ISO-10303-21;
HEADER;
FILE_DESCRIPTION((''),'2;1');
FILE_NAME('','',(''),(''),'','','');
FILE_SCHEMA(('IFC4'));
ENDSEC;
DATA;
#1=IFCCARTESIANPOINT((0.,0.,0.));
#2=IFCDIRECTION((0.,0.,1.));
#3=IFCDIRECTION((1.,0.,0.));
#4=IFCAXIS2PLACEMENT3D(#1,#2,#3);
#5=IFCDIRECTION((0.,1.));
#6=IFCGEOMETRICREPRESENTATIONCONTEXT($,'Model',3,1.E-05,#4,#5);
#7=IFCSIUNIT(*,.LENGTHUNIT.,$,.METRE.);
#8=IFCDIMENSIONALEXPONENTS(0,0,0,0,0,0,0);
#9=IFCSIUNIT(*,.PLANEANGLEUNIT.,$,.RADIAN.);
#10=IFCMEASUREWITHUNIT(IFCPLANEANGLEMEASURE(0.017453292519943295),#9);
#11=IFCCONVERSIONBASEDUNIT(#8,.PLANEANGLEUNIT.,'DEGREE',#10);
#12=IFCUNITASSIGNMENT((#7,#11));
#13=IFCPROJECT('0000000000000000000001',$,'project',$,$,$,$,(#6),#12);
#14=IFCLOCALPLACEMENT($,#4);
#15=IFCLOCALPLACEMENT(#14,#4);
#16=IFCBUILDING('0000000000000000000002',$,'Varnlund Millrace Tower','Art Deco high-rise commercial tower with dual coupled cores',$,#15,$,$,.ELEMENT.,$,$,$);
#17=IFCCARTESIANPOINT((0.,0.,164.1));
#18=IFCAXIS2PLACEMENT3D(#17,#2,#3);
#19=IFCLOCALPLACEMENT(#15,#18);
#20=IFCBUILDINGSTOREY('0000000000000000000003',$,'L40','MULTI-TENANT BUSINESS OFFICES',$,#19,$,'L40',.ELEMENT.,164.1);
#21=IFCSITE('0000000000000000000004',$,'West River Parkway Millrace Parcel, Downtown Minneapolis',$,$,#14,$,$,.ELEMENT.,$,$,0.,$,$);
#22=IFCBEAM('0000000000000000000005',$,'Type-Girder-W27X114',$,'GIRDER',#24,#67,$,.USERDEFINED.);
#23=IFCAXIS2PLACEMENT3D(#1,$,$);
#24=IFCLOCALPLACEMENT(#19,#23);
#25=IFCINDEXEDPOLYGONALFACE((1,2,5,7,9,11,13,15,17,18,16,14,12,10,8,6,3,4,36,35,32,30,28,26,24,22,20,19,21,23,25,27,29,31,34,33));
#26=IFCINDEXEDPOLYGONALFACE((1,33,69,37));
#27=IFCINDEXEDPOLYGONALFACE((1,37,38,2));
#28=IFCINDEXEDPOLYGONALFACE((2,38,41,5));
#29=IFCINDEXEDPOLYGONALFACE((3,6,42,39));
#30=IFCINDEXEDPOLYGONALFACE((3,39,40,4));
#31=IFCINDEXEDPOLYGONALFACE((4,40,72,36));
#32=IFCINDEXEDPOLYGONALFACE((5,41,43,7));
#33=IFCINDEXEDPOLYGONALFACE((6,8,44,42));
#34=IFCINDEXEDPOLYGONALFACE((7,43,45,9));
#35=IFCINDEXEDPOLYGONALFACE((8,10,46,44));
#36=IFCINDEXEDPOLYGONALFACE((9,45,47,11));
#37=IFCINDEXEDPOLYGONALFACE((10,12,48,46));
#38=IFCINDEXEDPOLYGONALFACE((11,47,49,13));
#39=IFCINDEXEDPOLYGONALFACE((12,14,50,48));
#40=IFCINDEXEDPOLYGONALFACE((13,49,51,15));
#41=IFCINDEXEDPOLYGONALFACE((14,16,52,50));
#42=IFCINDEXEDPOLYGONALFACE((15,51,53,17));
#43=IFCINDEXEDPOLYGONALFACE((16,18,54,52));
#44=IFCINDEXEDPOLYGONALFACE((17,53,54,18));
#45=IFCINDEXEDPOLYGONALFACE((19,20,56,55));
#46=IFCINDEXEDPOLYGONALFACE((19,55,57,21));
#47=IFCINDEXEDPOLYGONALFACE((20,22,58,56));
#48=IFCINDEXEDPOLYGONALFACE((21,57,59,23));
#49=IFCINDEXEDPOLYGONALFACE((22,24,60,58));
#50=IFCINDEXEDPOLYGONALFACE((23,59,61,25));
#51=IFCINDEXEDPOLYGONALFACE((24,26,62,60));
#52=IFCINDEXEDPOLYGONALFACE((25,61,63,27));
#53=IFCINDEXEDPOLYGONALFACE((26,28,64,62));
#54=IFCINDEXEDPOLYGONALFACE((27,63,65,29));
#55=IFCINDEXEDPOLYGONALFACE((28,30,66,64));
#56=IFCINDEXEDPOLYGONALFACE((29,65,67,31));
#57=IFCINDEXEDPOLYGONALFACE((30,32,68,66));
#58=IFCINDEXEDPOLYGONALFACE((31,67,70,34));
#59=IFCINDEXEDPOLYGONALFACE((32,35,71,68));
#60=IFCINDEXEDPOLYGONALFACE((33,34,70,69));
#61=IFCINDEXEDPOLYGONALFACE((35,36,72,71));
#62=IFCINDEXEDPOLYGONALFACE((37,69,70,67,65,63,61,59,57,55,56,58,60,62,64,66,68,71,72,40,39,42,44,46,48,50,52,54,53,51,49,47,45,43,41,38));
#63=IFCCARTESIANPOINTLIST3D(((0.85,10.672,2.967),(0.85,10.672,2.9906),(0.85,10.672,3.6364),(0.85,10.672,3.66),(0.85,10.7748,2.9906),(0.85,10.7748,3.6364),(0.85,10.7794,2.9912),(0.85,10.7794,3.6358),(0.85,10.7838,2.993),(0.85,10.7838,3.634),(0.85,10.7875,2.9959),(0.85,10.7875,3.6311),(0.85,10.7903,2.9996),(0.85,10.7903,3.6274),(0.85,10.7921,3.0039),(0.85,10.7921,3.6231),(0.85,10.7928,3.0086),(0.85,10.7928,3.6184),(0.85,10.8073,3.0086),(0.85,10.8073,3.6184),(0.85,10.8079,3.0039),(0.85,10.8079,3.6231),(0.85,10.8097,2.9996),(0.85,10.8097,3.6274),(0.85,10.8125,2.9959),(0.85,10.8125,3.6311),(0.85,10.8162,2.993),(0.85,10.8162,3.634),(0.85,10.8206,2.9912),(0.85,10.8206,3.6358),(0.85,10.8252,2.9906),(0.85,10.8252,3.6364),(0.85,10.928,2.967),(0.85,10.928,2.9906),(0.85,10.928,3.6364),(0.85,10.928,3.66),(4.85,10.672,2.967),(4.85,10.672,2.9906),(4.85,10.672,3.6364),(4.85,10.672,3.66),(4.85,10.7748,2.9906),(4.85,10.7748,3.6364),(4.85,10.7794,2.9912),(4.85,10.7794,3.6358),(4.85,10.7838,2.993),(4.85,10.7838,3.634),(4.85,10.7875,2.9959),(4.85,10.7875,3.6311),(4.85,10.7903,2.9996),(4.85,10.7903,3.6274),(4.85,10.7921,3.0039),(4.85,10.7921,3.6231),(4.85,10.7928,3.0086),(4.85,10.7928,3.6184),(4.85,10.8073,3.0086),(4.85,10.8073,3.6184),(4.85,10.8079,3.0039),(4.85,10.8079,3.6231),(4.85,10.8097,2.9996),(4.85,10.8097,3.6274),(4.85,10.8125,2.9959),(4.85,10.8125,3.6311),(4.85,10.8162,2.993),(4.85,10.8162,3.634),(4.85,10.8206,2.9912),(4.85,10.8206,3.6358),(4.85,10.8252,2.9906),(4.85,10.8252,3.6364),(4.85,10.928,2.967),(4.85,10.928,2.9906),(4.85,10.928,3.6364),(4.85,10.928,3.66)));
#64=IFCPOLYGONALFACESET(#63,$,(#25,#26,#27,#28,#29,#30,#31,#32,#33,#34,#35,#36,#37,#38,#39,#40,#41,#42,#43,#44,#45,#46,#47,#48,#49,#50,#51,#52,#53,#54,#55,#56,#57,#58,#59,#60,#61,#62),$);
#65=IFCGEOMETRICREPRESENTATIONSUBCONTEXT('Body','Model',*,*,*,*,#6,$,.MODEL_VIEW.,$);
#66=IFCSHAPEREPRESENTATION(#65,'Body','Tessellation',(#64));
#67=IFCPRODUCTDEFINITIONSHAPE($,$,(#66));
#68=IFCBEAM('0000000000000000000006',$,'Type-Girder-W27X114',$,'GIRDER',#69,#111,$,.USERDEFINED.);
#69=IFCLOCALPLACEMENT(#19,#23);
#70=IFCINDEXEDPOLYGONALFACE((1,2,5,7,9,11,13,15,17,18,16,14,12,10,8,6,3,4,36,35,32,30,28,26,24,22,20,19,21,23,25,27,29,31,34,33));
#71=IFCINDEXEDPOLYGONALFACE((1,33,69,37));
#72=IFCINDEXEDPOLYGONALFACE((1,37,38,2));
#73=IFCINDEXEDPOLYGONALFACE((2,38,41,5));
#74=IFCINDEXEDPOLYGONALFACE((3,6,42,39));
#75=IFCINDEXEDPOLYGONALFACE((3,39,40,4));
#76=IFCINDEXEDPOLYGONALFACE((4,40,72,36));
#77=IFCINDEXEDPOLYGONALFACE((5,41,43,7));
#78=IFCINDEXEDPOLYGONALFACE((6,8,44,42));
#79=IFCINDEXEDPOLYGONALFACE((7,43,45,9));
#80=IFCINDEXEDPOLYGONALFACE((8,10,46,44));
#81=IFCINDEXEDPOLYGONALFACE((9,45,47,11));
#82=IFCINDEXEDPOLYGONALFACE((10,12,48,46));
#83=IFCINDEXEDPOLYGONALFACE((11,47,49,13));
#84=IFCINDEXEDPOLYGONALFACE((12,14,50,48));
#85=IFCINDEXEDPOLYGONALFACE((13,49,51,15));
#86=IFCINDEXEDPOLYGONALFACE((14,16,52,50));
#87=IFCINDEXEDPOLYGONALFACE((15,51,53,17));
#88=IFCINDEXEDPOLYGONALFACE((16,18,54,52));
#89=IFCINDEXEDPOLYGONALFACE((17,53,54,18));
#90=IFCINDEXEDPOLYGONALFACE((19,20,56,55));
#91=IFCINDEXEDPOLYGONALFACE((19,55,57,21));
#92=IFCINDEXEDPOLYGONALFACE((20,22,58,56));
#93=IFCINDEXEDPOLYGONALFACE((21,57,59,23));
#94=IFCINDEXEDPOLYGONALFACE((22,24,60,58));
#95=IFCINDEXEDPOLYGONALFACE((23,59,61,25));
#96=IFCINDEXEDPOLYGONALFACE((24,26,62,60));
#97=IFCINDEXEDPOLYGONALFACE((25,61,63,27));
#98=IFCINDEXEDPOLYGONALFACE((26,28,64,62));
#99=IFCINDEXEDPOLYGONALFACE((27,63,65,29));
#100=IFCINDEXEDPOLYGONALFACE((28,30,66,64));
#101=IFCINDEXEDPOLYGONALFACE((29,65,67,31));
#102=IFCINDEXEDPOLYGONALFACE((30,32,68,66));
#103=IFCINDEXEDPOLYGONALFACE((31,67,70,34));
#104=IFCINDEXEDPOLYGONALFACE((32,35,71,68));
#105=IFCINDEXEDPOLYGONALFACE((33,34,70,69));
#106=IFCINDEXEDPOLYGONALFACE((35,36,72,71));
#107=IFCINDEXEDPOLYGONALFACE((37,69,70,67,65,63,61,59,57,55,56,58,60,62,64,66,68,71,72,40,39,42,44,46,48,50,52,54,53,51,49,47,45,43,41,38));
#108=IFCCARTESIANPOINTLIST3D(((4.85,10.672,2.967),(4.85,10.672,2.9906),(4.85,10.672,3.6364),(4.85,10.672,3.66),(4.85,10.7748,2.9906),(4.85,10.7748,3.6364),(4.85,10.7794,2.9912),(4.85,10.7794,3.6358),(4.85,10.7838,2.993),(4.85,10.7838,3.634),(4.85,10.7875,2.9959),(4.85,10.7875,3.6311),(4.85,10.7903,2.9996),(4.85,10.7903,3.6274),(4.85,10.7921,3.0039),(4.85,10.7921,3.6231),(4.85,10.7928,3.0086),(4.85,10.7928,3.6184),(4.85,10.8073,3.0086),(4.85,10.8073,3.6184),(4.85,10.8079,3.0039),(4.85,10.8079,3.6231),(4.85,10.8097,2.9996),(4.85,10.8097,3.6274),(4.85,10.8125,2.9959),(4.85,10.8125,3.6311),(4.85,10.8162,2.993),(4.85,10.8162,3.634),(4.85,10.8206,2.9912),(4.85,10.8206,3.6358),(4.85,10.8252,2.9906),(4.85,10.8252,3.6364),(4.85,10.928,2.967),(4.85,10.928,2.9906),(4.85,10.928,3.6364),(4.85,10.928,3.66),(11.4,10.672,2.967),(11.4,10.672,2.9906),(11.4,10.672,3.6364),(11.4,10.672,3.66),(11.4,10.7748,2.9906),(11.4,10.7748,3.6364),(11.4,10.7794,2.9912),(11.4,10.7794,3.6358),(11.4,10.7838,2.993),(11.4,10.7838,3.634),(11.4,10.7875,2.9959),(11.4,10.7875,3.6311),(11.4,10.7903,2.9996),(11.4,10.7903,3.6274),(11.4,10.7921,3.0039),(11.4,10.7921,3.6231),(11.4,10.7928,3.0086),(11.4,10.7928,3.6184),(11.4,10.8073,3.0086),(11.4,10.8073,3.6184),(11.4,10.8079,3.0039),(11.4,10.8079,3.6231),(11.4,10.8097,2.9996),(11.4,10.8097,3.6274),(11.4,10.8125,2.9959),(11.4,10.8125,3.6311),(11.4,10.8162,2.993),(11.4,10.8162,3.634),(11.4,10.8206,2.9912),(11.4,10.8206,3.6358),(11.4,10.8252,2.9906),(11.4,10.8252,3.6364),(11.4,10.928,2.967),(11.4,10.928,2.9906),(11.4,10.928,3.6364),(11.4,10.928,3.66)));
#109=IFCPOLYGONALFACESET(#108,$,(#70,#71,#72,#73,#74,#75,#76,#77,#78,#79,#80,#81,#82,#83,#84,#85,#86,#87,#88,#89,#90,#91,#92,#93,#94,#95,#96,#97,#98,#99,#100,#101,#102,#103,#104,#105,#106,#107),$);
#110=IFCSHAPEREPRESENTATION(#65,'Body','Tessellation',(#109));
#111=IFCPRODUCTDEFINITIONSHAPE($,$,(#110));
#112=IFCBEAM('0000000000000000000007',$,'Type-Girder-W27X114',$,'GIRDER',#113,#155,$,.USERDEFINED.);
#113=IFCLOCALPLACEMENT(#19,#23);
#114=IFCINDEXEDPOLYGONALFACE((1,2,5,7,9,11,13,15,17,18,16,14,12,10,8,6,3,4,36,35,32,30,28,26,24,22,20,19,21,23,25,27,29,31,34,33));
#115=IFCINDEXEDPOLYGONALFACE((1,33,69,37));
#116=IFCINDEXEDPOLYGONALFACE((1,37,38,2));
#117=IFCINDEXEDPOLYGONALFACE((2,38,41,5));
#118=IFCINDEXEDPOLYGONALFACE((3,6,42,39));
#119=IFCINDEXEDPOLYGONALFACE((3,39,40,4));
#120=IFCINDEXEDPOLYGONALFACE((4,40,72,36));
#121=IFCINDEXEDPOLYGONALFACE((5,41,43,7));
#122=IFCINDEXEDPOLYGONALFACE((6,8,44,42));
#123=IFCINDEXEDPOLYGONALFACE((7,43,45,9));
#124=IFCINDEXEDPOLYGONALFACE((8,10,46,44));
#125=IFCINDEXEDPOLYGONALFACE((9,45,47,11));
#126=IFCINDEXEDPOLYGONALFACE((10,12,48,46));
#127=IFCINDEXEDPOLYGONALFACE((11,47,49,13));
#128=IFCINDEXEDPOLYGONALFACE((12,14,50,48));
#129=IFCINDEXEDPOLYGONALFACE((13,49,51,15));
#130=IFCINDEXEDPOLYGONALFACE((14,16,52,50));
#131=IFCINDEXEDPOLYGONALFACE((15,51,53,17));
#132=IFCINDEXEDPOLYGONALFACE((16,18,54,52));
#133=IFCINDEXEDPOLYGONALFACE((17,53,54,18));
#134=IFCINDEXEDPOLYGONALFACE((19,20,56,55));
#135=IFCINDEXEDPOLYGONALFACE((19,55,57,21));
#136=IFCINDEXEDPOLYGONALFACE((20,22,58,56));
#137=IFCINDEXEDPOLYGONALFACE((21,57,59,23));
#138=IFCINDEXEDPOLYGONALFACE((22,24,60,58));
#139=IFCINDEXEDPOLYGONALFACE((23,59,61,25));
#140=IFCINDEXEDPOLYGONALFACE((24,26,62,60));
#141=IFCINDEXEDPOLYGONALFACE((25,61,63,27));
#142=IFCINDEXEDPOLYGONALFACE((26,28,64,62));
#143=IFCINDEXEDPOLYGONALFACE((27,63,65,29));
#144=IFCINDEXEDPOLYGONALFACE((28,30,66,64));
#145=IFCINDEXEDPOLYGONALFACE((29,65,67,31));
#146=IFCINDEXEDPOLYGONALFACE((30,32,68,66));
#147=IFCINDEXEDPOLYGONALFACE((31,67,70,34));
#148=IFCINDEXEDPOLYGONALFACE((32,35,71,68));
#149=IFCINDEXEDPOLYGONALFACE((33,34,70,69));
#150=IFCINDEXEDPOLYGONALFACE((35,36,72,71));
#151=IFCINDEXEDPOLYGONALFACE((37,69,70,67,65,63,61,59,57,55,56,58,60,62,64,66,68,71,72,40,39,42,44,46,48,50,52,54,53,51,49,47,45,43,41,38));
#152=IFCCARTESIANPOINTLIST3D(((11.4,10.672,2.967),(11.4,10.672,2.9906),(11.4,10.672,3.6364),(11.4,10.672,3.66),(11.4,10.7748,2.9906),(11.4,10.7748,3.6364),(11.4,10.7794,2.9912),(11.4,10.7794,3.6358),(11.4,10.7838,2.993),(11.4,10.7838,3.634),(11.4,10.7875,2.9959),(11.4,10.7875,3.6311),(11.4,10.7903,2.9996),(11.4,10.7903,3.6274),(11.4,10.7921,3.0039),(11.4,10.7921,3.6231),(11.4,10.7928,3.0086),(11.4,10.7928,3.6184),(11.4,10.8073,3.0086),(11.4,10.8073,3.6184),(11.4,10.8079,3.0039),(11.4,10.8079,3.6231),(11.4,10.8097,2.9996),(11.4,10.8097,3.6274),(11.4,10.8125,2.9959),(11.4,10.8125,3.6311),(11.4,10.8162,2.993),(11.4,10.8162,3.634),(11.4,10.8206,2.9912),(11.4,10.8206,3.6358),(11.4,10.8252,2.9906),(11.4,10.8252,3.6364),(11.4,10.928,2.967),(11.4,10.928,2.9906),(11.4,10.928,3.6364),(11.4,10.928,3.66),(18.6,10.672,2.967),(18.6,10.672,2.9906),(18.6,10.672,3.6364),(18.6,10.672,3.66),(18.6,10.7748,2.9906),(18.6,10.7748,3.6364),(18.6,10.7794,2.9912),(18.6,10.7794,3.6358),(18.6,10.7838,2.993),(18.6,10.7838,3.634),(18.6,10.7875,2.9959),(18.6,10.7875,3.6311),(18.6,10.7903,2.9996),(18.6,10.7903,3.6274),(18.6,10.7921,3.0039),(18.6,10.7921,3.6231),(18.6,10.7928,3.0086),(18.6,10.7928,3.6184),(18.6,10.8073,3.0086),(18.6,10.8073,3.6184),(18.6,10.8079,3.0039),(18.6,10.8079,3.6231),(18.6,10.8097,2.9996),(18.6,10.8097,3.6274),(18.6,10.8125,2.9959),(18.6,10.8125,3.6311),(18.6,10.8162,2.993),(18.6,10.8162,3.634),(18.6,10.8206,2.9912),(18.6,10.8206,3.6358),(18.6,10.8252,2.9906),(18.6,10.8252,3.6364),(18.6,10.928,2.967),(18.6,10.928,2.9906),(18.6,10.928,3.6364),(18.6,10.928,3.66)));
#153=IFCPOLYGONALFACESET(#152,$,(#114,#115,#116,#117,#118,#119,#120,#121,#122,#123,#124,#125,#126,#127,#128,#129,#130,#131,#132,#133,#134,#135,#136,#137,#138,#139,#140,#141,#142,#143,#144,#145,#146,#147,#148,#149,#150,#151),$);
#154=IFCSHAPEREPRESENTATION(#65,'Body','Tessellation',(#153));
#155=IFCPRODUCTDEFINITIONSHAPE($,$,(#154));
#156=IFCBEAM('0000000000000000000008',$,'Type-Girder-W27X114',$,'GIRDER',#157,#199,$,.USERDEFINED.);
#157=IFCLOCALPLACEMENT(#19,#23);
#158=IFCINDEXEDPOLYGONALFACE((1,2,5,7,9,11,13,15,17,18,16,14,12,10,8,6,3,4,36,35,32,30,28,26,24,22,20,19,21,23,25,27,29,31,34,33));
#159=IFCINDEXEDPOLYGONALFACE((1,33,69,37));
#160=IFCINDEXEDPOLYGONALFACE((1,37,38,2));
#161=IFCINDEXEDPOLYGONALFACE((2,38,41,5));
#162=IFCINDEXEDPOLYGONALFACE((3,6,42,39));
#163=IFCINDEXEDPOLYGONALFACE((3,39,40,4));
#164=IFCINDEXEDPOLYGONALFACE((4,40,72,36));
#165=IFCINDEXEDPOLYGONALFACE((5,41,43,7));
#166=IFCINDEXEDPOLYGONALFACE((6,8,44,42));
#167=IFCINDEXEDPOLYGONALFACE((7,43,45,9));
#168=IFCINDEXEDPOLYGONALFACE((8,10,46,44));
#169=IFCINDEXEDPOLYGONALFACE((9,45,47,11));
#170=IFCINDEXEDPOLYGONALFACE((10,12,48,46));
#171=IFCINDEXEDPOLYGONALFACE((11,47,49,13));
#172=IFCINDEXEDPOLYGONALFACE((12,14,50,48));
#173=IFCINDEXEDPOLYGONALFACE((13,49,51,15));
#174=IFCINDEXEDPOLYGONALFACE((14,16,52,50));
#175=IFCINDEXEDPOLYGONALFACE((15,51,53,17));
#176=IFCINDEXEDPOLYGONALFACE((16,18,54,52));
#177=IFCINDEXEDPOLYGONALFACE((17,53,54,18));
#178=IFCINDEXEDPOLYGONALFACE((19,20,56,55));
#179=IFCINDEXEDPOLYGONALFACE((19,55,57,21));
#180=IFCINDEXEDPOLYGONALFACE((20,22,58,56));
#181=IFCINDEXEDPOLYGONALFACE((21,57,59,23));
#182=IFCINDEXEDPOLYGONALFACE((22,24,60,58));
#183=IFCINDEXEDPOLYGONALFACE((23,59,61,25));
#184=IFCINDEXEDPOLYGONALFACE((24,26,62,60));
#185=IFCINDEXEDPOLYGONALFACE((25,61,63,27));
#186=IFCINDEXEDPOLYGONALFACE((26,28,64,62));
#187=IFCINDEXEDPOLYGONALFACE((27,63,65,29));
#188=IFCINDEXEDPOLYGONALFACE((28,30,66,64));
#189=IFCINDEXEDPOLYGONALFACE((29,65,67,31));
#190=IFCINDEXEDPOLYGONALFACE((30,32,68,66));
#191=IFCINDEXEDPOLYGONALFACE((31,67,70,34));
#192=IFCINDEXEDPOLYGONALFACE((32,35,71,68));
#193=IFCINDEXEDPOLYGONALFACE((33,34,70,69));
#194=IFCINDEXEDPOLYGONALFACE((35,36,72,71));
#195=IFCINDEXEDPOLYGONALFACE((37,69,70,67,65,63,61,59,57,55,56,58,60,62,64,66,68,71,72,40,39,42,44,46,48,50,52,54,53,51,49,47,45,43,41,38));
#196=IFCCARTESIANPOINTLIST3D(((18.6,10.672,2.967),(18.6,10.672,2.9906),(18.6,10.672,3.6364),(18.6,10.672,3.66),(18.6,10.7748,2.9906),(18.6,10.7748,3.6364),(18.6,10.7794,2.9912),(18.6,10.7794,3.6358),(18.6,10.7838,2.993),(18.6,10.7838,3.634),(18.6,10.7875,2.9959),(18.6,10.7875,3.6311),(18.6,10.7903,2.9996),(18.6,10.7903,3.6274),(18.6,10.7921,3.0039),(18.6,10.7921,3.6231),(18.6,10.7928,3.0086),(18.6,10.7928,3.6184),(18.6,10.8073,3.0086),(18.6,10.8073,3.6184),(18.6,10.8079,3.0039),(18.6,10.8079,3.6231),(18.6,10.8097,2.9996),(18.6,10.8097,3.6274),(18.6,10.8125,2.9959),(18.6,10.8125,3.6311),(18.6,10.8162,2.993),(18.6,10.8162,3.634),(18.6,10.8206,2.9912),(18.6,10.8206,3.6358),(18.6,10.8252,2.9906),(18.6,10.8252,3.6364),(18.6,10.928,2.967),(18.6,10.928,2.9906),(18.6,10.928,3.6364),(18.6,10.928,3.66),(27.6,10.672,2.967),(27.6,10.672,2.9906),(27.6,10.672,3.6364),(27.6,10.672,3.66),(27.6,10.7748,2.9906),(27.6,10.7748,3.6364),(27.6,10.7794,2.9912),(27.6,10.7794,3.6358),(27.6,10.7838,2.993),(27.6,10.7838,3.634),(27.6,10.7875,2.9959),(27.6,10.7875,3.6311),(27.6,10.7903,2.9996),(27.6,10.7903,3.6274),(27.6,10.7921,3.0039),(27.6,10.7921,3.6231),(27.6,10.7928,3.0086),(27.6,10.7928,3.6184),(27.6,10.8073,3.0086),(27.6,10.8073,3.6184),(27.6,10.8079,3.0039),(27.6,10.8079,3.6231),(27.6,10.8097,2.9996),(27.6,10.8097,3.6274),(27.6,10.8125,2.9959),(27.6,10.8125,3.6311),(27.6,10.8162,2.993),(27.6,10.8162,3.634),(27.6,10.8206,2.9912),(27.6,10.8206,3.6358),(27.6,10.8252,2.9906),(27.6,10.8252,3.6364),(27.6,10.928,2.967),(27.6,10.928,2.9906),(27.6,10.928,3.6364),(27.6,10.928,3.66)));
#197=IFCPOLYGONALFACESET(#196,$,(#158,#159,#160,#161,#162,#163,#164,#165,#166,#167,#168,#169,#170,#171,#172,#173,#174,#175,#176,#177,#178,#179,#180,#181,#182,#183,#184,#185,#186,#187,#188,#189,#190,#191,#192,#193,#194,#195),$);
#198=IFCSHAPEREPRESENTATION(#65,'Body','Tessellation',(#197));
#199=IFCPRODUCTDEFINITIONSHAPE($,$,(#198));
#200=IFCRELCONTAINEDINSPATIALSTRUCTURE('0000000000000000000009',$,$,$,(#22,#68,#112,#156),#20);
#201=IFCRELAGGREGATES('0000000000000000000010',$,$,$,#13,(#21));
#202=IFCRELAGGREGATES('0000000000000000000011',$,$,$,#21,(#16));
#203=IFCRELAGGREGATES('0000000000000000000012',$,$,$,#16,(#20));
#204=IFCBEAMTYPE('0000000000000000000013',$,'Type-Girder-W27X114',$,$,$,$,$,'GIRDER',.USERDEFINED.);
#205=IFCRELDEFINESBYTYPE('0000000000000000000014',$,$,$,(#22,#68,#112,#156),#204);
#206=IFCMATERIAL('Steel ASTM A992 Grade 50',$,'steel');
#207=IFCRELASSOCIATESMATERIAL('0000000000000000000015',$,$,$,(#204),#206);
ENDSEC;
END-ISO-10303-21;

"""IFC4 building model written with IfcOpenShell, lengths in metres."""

from ifc_helpers import new_model, entity, si_unit, converted_unit, direction, frame, origin_with_axes, origin_2d_with_axis, place, context, subcontext, project, spatial, i_section, extrude, material, material_profile, profile_set, type_object, element, save


model = new_model("IFC4")

# Units and contexts
model_context = context("Model", 3, precision=1e-05, world=origin_with_axes(), true_north=direction((0.0, 1.0)))
body_context = subcontext(model_context, "Body", "Model", "MODEL_VIEW")
ifc_project = project(units=[si_unit("LENGTHUNIT", "METRE"), converted_unit("PLANEANGLEUNIT", "DEGREE", entity("IfcPlaneAngleMeasure", 0.017453292519943295), si_unit("PLANEANGLEUNIT", "RADIAN"), dimensions=[0, 0, 0, 0, 0, 0, 0])], contexts=[model_context])

# Site, building, storey
site_placement = place(None, origin_with_axes())
site = spatial("IfcSite", under=ifc_project, at=site_placement, Name="West River Parkway Millrace Parcel, Downtown Minneapolis", CompositionType="ELEMENT", RefElevation=0.0)
building_placement = place(site_placement, origin_with_axes())
building = spatial("IfcBuilding", under=site, at=building_placement, Name="Varnlund Millrace Tower", Description="Art Deco high-rise commercial tower with dual coupled cores", CompositionType="ELEMENT")
storey_placement = place(building_placement, frame((0.0, 0.0, 164.1), z_axis=(0.0, 0.0, 1.0), x_axis=(1.0, 0.0, 0.0)))
storey = spatial("IfcBuildingStorey", under=building, at=storey_placement, Name="L40", Description="MULTI-TENANT BUSINESS OFFICES", LongName="L40", CompositionType="ELEMENT", Elevation=164.1)

# Beams
ifc_material_1 = material(Name="Steel ASTM A992 Grade 50", Category="steel")
ifc_material_profile_1 = material_profile(ifc_material_1, i_section(OverallWidth=0.256, OverallDepth=0.693, WebThickness=0.0145, FlangeThickness=0.0236, FilletRadius=0.018, at=origin_2d_with_axis()), Name="Steel ASTM A992 Grade 50")
ifc_profile_set_1 = profile_set([ifc_material_profile_1], Name="Steel ASTM A992 Grade 50")
beam_type_1 = type_object("IfcBeamType", Name="Type-Girder-W27X114", ElementType="GIRDER", PredefinedType="USERDEFINED", material=ifc_profile_set_1)
beam_1_placement = place(storey_placement, frame((0.85, 10.8, 3.3135), z_axis=(1.0, 0.0, 0.0), x_axis=(0.0, 1.0, 0.0)))
element("IfcBeam", 1, at=beam_1_placement, inside=storey, type_object=beam_type_1, Name="Type-Girder-W27X114", ObjectType="GIRDER", PredefinedType="USERDEFINED", context=body_context, shape_type="SweptSolid", body=[
    extrude(i_section(OverallWidth=0.256, OverallDepth=0.693, WebThickness=0.0145, FlangeThickness=0.0236, FilletRadius=0.018, at=origin_2d_with_axis()), origin_with_axes(), (0.0, 0.0, 1.0), 4.0),
])
beam_2_placement = place(storey_placement, frame((4.85, 10.8, 3.3135), z_axis=(1.0, 0.0, 0.0), x_axis=(0.0, 1.0, 0.0)))
element("IfcBeam", 2, at=beam_2_placement, inside=storey, type_object=beam_type_1, Name="Type-Girder-W27X114", ObjectType="GIRDER", PredefinedType="USERDEFINED", context=body_context, shape_type="SweptSolid", body=[
    extrude(i_section(OverallWidth=0.256, OverallDepth=0.693, WebThickness=0.0145, FlangeThickness=0.0236, FilletRadius=0.018, at=origin_2d_with_axis()), origin_with_axes(), (0.0, 0.0, 1.0), 6.55),
])
beam_3_placement = place(storey_placement, frame((11.4, 10.8, 3.3135), z_axis=(1.0, 0.0, 0.0), x_axis=(0.0, 1.0, 0.0)))
element("IfcBeam", 3, at=beam_3_placement, inside=storey, type_object=beam_type_1, Name="Type-Girder-W27X114", ObjectType="GIRDER", PredefinedType="USERDEFINED", context=body_context, shape_type="SweptSolid", body=[
    extrude(i_section(OverallWidth=0.256, OverallDepth=0.693, WebThickness=0.0145, FlangeThickness=0.0236, FilletRadius=0.018, at=origin_2d_with_axis()), origin_with_axes(), (0.0, 0.0, 1.0), 7.2),
])
beam_4_placement = place(storey_placement, frame((18.6, 10.8, 3.3135), z_axis=(1.0, 0.0, 0.0), x_axis=(0.0, 1.0, 0.0)))
element("IfcBeam", 4, at=beam_4_placement, inside=storey, type_object=beam_type_1, Name="Type-Girder-W27X114", ObjectType="GIRDER", PredefinedType="USERDEFINED", context=body_context, shape_type="SweptSolid", body=[
    extrude(i_section(OverallWidth=0.256, OverallDepth=0.693, WebThickness=0.0145, FlangeThickness=0.0236, FilletRadius=0.018, at=origin_2d_with_axis()), origin_with_axes(), (0.0, 0.0, 1.0), 9.0),
])

save(model, "model.ifc")
